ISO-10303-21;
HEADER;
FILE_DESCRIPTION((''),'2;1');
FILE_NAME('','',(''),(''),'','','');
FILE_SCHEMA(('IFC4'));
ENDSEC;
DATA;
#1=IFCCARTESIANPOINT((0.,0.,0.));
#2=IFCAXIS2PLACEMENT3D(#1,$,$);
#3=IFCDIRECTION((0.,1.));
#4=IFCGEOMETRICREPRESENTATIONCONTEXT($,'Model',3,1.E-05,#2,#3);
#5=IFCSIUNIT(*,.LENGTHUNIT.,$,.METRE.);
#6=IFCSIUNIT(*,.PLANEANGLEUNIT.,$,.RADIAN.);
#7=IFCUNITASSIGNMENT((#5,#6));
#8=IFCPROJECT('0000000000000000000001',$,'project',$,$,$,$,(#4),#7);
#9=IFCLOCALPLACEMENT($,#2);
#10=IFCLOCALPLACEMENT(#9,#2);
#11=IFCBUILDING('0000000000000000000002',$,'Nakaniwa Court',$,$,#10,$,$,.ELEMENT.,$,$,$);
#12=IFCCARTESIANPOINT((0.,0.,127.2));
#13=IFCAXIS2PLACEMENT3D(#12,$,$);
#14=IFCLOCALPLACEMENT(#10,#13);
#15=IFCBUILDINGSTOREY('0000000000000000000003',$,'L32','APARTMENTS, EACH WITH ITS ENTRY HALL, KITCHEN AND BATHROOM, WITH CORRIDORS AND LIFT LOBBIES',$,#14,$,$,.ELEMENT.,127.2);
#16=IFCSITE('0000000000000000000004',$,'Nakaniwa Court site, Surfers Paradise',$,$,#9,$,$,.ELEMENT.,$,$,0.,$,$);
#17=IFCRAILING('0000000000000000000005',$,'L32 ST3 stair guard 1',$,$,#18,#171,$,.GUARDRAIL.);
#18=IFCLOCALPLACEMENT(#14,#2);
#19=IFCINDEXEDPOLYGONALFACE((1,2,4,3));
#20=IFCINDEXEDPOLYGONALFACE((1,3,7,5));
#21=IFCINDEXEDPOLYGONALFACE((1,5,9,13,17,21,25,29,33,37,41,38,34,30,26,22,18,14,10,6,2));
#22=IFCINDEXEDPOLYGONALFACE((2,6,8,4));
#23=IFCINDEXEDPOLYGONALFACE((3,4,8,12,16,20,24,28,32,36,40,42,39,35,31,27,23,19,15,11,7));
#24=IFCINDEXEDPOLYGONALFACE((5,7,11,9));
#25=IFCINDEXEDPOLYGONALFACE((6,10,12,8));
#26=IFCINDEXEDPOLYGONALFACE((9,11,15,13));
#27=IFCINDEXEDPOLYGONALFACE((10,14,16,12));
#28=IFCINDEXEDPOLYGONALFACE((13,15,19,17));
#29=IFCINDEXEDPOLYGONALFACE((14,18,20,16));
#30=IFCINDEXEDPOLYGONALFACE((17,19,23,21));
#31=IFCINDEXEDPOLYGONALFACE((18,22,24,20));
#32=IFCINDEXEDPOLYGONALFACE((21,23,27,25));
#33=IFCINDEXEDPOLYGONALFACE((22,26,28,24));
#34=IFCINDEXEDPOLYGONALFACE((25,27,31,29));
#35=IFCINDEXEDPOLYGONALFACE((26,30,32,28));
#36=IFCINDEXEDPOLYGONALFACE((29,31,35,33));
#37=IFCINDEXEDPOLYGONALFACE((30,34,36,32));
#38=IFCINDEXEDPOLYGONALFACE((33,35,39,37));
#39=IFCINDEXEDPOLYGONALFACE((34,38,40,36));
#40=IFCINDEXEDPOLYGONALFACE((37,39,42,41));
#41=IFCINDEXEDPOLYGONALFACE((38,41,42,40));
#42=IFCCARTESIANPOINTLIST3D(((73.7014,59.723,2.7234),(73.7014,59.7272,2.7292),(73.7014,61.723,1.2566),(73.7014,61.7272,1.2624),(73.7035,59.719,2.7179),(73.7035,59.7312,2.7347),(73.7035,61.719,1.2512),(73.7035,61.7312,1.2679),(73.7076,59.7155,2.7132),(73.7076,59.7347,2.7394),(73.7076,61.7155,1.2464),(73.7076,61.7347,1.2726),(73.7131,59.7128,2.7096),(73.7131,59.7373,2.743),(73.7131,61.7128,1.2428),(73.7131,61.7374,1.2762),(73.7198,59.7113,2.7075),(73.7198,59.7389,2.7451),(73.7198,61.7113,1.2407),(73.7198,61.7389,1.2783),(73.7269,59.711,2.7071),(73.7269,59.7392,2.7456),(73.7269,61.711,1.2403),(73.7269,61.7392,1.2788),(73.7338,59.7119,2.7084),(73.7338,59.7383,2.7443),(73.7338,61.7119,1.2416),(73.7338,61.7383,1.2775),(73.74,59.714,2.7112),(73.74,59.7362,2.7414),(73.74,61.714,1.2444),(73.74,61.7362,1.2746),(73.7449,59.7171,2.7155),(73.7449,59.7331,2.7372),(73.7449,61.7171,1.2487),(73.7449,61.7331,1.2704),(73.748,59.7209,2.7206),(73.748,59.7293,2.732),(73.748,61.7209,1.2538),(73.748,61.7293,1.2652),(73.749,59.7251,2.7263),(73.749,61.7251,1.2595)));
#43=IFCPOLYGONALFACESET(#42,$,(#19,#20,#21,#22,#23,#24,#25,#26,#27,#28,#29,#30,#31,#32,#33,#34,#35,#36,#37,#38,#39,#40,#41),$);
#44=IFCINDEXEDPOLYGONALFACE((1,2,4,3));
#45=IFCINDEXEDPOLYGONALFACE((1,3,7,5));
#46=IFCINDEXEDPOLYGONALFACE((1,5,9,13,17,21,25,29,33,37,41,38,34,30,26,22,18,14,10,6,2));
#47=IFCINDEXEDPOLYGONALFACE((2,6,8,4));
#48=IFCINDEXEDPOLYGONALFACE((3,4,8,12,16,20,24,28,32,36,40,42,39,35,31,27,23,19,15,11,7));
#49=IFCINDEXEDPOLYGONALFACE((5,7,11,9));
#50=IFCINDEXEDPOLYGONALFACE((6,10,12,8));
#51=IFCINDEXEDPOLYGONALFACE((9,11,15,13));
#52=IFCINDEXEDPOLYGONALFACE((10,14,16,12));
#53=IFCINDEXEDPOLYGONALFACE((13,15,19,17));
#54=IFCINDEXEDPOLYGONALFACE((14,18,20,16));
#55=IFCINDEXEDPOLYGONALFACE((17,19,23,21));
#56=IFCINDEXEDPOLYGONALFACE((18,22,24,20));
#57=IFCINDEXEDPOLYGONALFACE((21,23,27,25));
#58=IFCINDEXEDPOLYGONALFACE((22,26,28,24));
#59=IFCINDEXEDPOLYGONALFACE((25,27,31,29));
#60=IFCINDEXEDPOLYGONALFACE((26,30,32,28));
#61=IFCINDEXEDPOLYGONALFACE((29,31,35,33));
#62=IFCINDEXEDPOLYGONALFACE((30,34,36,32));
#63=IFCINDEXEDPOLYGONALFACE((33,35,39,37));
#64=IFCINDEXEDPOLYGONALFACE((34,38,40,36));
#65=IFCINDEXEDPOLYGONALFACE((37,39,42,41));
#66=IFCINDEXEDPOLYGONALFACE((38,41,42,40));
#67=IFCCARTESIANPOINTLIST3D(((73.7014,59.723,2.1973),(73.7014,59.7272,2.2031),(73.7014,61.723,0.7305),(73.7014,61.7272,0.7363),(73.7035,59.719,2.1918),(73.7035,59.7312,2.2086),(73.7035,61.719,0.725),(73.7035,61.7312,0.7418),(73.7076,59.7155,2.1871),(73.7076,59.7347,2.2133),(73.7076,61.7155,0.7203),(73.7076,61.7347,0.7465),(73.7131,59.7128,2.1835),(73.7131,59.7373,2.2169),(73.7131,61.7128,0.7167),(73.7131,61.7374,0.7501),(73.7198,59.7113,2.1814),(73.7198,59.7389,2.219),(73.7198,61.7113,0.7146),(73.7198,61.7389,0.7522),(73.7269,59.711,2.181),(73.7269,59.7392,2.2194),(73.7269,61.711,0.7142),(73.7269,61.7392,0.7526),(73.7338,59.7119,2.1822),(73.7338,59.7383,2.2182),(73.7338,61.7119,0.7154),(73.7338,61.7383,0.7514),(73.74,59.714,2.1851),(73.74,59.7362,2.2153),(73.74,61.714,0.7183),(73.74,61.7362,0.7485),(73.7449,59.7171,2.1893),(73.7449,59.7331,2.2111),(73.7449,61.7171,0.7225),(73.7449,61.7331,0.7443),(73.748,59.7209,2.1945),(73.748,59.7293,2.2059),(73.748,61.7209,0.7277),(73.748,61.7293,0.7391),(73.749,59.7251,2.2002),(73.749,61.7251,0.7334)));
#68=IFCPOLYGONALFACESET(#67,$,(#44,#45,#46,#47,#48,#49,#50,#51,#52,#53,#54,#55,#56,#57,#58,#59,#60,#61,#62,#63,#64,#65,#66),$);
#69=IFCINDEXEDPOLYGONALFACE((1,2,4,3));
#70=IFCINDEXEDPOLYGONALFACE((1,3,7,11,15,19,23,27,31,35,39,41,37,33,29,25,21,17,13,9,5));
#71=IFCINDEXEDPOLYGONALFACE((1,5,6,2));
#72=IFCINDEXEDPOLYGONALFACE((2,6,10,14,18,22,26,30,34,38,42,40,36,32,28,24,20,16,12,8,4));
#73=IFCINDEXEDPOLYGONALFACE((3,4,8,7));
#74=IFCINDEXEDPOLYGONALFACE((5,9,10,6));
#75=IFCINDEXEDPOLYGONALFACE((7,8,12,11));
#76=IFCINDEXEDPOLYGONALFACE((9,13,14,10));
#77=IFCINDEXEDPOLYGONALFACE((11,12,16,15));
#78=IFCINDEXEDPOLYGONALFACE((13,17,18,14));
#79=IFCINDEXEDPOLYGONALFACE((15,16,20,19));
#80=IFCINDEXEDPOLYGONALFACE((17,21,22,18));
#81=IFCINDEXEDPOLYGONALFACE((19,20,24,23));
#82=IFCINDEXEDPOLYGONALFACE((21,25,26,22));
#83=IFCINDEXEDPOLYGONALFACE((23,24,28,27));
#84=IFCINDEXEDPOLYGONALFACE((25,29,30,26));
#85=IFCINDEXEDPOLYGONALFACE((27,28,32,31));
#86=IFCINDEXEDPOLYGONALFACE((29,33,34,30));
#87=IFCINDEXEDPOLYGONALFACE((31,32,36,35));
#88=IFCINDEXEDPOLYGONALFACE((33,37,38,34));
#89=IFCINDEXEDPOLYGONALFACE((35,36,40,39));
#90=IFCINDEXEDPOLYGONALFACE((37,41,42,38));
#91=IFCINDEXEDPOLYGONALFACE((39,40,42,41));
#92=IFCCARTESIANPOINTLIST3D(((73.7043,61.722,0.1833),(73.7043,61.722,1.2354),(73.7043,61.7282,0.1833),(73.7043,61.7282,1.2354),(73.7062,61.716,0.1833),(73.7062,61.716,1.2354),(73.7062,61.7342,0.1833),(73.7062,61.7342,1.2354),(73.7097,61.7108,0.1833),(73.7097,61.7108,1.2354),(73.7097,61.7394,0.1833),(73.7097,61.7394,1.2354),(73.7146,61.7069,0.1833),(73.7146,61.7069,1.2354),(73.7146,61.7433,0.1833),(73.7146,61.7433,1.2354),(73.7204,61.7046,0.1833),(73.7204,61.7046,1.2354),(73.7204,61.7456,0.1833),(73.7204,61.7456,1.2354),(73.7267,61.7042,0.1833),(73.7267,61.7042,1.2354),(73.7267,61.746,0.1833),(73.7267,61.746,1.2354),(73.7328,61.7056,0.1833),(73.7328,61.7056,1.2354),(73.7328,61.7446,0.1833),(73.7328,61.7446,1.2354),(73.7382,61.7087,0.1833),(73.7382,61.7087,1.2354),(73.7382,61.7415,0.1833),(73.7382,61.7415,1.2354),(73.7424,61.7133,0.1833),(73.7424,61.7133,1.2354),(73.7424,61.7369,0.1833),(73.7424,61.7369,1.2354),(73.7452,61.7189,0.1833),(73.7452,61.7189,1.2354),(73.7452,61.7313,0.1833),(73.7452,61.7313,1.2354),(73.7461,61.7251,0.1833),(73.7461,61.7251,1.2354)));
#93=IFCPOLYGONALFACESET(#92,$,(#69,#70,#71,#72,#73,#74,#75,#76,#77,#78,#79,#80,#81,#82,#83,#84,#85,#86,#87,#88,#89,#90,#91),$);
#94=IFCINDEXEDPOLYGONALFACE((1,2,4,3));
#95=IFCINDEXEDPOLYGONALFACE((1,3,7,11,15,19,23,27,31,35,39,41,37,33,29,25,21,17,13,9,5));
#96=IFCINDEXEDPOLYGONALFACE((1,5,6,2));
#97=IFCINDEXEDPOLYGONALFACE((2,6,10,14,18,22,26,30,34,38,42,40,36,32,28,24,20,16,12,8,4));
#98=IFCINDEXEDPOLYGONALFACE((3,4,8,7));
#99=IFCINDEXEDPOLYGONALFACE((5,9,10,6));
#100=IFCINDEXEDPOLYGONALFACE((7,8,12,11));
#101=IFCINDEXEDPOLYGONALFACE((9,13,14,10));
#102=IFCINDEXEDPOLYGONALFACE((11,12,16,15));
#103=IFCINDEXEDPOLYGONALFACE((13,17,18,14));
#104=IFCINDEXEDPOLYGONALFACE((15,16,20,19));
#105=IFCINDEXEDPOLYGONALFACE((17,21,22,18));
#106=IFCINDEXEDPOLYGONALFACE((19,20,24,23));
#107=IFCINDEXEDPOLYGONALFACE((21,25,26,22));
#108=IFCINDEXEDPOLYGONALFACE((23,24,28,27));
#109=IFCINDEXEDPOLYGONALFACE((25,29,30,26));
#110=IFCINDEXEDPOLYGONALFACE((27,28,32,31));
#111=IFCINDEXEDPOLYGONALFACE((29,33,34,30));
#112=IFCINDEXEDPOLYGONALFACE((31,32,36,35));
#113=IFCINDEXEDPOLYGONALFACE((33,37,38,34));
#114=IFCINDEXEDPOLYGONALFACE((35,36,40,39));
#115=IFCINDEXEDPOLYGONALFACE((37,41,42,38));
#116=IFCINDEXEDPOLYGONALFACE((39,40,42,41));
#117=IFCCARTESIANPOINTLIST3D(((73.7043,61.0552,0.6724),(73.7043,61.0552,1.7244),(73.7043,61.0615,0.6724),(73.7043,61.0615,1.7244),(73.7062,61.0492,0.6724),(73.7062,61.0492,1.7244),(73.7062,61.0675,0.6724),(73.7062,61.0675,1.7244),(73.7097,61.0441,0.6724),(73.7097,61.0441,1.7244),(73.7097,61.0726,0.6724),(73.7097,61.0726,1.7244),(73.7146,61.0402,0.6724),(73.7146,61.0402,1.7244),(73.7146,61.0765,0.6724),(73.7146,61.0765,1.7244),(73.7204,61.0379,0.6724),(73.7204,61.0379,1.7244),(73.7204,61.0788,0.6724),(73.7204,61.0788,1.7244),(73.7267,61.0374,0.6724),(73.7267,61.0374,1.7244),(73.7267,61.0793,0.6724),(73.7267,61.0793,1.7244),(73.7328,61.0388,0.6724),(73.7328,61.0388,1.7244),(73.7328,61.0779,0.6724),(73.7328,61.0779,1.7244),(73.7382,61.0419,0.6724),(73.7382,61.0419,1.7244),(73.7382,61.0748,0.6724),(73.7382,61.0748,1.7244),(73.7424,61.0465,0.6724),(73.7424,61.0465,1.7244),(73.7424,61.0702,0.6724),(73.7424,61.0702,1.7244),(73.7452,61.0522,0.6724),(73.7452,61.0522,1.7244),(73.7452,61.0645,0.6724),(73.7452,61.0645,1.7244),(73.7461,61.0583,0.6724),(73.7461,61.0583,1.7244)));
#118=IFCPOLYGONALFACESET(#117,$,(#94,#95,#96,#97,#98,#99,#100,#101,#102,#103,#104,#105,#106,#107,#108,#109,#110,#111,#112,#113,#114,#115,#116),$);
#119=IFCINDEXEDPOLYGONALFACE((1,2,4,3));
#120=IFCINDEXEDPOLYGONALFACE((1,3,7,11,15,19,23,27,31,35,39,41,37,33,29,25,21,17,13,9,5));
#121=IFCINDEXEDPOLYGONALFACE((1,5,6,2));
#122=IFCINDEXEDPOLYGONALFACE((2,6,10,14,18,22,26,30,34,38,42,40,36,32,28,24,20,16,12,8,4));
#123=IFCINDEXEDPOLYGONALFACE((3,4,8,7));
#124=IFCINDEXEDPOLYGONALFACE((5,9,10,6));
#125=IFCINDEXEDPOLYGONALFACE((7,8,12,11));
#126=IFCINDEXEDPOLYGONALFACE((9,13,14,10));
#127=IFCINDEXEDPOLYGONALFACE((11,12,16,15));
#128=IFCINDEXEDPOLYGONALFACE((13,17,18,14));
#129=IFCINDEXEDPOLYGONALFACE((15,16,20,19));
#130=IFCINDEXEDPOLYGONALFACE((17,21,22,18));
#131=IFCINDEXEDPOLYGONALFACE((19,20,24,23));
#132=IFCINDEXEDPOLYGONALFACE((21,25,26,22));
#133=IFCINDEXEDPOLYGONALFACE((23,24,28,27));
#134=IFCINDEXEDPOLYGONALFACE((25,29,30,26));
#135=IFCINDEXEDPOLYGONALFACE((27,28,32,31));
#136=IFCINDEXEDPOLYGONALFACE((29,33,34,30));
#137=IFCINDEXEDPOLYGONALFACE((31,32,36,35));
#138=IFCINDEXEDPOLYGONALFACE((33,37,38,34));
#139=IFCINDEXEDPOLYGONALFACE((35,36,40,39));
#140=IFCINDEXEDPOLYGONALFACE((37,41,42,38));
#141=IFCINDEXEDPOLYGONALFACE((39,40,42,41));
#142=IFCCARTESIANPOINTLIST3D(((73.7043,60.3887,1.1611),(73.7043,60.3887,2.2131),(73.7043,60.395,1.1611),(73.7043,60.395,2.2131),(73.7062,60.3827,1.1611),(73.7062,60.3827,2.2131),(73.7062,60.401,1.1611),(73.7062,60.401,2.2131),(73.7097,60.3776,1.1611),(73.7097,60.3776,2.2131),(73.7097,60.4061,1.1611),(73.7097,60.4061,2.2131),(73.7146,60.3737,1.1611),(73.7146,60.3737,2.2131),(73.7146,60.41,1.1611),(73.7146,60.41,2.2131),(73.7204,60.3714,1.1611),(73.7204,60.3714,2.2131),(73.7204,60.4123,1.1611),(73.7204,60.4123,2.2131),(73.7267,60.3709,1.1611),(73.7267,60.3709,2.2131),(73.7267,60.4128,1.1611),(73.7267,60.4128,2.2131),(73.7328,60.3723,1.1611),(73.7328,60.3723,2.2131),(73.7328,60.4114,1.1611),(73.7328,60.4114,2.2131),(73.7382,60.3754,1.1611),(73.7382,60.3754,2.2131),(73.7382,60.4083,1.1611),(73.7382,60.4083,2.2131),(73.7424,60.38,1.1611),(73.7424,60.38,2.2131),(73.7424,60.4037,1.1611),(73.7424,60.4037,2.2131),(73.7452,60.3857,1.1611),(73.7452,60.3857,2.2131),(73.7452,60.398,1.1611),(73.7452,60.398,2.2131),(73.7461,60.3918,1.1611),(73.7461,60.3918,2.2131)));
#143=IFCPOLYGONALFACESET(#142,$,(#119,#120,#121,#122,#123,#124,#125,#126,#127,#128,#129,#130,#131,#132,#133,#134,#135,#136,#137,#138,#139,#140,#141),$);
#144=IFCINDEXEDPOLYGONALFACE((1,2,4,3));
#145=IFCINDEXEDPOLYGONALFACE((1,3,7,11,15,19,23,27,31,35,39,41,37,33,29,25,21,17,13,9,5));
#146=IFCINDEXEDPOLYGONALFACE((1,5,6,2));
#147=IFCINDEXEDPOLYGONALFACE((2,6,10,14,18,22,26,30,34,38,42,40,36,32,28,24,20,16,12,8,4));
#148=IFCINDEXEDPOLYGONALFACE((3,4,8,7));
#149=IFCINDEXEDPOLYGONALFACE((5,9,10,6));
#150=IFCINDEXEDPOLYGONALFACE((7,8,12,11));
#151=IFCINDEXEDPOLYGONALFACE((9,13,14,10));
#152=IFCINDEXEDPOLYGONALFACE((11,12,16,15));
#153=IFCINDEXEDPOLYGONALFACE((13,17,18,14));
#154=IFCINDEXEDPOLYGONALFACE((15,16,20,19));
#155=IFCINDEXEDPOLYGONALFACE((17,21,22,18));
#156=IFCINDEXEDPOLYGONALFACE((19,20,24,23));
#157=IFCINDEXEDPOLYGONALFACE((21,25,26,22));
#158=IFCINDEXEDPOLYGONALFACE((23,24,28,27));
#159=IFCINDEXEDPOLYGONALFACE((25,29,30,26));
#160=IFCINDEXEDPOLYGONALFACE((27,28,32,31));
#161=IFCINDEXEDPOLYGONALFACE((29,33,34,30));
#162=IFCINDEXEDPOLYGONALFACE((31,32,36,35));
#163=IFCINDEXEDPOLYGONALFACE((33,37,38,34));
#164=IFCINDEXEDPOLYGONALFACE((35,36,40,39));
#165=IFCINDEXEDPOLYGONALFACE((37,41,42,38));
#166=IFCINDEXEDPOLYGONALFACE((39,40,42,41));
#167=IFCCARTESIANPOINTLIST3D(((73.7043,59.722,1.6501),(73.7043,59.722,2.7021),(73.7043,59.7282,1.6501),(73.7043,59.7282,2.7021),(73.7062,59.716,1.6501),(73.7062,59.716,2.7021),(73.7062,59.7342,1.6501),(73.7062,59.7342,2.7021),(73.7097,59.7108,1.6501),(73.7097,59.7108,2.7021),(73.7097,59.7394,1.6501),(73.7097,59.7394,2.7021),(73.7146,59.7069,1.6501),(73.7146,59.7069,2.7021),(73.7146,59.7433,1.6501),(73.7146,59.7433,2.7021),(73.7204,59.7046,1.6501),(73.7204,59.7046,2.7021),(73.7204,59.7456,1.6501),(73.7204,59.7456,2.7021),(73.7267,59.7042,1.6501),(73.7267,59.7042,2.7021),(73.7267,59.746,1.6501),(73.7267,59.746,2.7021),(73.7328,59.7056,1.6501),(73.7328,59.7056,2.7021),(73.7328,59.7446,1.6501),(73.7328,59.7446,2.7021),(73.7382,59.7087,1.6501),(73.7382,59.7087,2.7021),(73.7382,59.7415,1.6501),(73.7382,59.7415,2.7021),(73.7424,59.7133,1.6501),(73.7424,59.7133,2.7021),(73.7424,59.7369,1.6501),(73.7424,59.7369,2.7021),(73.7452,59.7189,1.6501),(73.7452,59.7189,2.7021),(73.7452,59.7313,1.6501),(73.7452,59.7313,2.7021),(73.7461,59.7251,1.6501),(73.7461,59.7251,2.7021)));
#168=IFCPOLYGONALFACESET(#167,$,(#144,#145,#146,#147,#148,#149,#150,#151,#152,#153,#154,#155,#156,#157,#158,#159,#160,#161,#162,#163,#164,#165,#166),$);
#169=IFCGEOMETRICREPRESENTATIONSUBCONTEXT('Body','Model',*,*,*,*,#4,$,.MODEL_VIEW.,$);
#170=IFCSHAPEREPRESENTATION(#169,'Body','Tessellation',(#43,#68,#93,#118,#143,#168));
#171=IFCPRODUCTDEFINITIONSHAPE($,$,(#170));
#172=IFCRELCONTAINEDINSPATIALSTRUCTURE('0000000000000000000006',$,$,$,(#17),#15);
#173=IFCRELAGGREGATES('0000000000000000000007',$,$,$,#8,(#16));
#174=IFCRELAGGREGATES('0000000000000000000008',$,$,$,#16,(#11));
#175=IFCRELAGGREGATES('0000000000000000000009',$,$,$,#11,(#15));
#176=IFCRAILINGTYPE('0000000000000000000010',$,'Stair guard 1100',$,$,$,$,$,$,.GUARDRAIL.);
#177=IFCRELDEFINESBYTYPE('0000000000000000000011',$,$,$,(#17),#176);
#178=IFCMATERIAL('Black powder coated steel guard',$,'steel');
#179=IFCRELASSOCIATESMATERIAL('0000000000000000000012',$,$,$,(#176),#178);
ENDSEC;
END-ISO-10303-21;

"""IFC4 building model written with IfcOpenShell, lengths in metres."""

from ifc_helpers import new_model, si_unit, direction, frame, origin, origin_2d, place, context, subcontext, project, spatial, circle, extrude, material, type_object, element, save


model = new_model("IFC4")

# Units and contexts
model_context = context("Model", 3, precision=1e-05, world=origin(), true_north=direction((0.0, 1.0)))
body_context = subcontext(model_context, "Body", "Model", "MODEL_VIEW")
ifc_project = project(units=[si_unit("LENGTHUNIT", "METRE"), si_unit("PLANEANGLEUNIT", "RADIAN")], contexts=[model_context])

# Site, building, storey
site_placement = place(None, origin())
site = spatial("IfcSite", under=ifc_project, at=site_placement, Name="Nakaniwa Court site, Surfers Paradise", CompositionType="ELEMENT", RefElevation=0.0)
building_placement = place(site_placement, origin())
building = spatial("IfcBuilding", under=site, at=building_placement, Name="Nakaniwa Court", CompositionType="ELEMENT")
storey_placement = place(building_placement, frame((0.0, 0.0, 127.2)))
storey = spatial("IfcBuildingStorey", under=building, at=storey_placement, Name="L32", Description="APARTMENTS, EACH WITH ITS ENTRY HALL, KITCHEN AND BATHROOM, WITH CORRIDORS AND LIFT LOBBIES", CompositionType="ELEMENT", Elevation=127.2)

# Railing
ifc_material_1 = material(Name="Black powder coated steel guard", Category="steel")
railing_type_1 = type_object("IfcRailingType", Name="Stair guard 1100", PredefinedType="GUARDRAIL", material=ifc_material_1)
railing_1_placement = place(storey_placement, frame((73.7251, 61.7251, 0.1833)))
element("IfcRailing", 1, at=railing_1_placement, inside=storey, type_object=railing_type_1, Name="L32 ST3 stair guard 1", PredefinedType="GUARDRAIL", context=body_context, shape_type="SweptSolid", body=[
    extrude(circle(Radius=0.0239, at=origin_2d()), frame((0.0, 0.0, 1.0762), z_axis=(0.0, -0.80638, 0.591398), x_axis=(1.0, 0.0, 0.0)), (0.0, 0.0, 1.0), 2.4802),
    extrude(circle(Radius=0.0239, at=origin_2d()), frame((0.0, 0.0, 0.55), z_axis=(0.0, -0.80638, 0.591398), x_axis=(1.0, 0.0, 0.0)), (0.0, 0.0, 1.0), 2.4802),
    extrude(circle(Radius=0.021, at=origin_2d()), origin(), (0.0, 0.0, 1.0), 1.052),
    extrude(circle(Radius=0.021, at=origin_2d()), frame((0.0, -0.6667, 0.489)), (0.0, 0.0, 1.0), 1.052),
    extrude(circle(Radius=0.021, at=origin_2d()), frame((0.0, -1.3333, 0.9778)), (0.0, 0.0, 1.0), 1.052),
    extrude(circle(Radius=0.021, at=origin_2d()), frame((0.0, -2.0, 1.4668)), (0.0, 0.0, 1.0), 1.052),
])

save(model, "model.ifc")
